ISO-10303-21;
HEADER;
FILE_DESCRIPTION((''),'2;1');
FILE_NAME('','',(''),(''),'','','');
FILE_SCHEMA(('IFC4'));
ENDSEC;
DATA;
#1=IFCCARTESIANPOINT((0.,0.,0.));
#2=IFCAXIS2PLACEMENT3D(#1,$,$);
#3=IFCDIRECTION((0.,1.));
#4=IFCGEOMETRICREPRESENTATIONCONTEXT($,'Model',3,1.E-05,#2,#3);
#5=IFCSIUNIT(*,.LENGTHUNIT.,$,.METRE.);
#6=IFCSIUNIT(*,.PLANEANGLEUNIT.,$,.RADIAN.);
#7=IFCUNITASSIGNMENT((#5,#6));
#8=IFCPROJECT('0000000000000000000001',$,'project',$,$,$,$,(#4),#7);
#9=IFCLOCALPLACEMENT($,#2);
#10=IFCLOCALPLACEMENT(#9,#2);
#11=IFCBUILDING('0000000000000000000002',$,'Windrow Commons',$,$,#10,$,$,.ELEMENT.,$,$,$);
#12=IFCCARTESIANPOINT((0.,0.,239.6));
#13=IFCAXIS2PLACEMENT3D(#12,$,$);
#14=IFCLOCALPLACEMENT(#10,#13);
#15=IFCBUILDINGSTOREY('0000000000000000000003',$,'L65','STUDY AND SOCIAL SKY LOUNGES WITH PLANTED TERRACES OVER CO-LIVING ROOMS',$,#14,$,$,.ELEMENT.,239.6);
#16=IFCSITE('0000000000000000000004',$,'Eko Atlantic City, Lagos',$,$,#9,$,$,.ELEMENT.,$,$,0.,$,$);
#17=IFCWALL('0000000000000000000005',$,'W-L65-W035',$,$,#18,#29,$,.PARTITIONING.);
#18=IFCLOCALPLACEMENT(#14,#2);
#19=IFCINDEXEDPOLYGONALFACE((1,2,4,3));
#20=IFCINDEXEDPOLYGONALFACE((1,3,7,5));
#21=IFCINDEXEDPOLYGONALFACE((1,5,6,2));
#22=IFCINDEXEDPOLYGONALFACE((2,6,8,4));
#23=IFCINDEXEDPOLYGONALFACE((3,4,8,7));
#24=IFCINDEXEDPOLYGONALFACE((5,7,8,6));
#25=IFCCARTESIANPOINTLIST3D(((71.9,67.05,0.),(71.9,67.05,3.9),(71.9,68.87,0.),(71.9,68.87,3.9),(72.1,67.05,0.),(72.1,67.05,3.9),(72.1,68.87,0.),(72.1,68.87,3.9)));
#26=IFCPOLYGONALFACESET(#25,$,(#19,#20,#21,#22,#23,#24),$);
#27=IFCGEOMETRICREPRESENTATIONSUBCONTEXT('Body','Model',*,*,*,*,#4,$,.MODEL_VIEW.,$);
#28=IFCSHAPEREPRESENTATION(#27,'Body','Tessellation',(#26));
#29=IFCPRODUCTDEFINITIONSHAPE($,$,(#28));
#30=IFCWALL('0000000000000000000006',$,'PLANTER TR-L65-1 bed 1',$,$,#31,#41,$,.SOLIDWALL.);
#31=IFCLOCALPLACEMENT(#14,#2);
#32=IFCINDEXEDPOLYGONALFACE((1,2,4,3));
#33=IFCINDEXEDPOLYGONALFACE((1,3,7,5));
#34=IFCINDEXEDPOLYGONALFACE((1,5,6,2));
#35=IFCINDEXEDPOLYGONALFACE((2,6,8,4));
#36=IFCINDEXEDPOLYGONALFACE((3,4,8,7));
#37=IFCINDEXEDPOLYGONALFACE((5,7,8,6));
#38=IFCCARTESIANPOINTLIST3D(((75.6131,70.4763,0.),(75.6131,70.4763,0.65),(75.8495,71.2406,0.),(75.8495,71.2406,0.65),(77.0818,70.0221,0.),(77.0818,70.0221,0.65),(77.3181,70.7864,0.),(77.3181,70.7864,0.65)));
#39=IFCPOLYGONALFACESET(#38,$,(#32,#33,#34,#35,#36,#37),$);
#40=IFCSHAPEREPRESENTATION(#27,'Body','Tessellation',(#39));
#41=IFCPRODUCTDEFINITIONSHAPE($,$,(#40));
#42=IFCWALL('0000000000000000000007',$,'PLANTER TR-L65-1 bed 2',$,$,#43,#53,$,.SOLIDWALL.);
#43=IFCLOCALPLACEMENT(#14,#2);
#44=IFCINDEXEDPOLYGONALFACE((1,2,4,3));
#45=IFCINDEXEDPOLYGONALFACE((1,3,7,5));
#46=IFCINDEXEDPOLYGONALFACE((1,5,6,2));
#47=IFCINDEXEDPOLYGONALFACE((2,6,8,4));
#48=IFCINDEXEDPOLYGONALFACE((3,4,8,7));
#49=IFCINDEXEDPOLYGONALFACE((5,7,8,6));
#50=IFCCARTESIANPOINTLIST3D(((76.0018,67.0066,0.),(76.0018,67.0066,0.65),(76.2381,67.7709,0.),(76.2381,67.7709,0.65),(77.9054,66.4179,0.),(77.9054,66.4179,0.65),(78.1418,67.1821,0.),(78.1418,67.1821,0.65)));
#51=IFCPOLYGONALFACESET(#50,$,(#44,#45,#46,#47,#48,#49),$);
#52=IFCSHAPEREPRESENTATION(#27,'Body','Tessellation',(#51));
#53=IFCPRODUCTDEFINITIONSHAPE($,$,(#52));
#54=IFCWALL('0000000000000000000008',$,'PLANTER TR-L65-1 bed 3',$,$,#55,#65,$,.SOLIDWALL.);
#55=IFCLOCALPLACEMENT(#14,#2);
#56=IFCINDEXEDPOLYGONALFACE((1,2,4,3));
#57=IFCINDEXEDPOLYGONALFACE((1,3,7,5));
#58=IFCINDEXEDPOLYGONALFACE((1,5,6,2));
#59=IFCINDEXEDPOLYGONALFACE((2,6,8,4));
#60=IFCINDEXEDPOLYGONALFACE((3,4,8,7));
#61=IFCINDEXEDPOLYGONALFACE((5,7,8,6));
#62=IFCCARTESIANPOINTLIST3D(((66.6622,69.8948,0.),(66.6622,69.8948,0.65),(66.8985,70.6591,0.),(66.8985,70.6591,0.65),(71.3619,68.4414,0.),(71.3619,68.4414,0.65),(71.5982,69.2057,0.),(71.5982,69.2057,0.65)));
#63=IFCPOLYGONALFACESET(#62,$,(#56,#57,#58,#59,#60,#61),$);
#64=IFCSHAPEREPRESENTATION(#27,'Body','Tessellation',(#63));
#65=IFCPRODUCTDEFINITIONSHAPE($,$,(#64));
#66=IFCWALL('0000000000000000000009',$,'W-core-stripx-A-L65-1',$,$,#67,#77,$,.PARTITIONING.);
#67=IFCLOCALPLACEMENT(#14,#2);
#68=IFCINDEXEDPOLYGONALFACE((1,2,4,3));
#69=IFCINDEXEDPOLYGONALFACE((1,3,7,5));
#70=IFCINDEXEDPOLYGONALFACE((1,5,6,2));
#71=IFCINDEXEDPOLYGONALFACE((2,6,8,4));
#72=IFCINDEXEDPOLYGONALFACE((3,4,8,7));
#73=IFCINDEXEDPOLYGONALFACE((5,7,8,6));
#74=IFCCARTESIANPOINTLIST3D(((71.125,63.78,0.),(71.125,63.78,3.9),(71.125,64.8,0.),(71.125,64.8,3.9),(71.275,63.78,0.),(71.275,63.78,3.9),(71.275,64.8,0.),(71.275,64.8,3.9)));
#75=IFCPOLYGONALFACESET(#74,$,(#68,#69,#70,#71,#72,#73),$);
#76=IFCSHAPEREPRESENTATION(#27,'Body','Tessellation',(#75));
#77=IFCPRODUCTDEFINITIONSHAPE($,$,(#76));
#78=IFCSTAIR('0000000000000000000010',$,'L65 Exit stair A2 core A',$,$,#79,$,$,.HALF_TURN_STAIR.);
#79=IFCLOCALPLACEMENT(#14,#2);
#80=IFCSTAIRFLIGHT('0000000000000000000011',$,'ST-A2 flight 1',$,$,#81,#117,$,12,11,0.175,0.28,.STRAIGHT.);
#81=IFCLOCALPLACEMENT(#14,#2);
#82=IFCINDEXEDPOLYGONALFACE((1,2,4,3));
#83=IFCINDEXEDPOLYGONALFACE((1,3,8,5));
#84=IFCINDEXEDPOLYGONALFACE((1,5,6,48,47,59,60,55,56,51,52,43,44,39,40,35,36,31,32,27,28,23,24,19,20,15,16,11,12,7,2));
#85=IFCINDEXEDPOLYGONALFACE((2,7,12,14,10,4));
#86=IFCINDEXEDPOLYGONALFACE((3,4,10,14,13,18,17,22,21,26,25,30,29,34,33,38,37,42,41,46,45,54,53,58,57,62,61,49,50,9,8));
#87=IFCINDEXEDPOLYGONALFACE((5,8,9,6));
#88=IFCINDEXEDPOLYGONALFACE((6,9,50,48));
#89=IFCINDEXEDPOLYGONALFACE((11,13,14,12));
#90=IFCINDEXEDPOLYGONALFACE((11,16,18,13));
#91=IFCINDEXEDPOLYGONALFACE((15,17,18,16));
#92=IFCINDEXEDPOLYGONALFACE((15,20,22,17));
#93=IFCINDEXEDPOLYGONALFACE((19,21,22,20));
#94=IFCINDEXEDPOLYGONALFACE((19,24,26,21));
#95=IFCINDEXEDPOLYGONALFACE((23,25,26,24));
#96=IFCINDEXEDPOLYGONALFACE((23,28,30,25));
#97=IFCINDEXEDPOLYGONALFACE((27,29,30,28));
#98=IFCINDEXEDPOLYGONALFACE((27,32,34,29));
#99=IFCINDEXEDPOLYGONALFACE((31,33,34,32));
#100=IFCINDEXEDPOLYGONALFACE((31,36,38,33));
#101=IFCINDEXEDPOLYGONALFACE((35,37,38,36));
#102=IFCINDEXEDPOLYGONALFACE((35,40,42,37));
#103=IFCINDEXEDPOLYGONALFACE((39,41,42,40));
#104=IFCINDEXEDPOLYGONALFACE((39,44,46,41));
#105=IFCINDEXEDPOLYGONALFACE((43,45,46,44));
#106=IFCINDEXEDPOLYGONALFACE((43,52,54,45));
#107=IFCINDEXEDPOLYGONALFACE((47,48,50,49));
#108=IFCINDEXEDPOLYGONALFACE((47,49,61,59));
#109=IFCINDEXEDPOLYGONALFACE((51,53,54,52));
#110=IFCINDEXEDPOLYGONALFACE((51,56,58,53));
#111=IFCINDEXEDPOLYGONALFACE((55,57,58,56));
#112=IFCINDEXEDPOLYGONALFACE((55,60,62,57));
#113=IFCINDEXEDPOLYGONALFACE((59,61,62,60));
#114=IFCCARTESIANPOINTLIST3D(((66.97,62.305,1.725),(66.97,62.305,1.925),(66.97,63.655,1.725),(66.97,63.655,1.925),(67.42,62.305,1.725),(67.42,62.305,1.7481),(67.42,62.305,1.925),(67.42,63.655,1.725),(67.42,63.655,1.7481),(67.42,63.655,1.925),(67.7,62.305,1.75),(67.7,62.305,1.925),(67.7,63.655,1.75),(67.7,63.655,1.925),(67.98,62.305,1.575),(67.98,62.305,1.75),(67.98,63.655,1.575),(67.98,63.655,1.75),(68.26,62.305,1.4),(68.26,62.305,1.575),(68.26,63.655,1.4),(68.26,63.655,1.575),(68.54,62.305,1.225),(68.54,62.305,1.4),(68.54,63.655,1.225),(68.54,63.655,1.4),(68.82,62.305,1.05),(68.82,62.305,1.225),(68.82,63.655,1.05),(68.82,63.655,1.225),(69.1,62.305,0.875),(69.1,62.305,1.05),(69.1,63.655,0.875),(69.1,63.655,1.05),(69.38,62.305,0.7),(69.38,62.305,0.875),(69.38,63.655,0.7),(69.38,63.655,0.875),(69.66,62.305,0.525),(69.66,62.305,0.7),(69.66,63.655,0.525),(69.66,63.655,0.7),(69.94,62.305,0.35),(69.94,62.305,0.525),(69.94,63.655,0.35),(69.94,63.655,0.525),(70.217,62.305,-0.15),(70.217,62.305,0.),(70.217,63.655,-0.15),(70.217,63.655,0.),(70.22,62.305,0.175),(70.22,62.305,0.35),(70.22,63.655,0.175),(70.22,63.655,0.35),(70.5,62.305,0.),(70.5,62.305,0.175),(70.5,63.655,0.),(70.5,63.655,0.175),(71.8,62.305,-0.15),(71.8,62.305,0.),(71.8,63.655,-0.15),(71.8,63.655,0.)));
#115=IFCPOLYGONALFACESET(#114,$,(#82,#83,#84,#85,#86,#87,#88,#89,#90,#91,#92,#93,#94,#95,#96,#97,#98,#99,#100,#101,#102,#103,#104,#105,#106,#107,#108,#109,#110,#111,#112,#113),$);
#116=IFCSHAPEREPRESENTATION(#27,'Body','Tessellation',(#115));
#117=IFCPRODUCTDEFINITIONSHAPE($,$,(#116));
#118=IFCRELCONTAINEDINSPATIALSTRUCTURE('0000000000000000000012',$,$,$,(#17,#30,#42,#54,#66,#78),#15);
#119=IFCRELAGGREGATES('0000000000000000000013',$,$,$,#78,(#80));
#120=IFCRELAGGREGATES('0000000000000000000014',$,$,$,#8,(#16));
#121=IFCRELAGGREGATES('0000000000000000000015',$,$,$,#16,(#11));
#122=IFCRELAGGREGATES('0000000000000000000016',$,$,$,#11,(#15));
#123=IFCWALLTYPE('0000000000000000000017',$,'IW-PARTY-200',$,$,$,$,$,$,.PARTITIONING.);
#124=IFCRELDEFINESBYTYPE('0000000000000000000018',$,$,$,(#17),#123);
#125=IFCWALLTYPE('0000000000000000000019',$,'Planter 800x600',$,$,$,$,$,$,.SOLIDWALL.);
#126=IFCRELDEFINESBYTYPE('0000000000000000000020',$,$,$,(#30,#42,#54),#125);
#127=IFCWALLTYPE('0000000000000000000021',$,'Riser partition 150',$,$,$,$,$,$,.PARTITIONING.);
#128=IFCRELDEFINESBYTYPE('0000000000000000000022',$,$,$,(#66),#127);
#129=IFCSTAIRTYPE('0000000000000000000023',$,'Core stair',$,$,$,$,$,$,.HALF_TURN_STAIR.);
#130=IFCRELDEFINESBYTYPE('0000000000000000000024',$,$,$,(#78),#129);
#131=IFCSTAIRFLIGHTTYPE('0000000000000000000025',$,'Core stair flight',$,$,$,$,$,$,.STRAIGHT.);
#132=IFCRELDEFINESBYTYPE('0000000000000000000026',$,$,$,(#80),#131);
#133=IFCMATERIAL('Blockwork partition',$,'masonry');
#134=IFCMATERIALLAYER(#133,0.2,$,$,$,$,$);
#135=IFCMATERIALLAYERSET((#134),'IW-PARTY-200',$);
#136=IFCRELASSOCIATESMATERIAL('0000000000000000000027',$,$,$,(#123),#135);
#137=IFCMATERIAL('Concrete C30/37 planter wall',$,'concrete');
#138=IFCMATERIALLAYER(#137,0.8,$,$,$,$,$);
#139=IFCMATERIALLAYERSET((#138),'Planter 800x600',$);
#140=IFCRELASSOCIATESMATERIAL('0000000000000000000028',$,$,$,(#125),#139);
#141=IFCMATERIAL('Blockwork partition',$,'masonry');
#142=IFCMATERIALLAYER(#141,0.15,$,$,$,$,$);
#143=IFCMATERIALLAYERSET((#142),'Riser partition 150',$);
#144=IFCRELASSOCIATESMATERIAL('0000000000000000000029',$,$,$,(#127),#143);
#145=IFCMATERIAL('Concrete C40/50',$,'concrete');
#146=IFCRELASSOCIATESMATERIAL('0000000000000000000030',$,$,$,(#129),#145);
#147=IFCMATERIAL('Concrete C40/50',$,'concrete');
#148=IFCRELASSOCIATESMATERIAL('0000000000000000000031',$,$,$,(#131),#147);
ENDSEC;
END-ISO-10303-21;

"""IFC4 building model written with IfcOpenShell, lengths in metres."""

from ifc_helpers import new_model, si_unit, direction, frame, frame_2d, origin, place, context, subcontext, project, spatial, polyline, rectangle, outline, extrude, material, layer, layer_set, type_object, element, aggregate, save


model = new_model("IFC4")

# Units and contexts
model_context = context("Model", 3, precision=1e-05, world=origin(), true_north=direction((0.0, 1.0)))
body_context = subcontext(model_context, "Body", "Model", "MODEL_VIEW")
ifc_project = project(units=[si_unit("LENGTHUNIT", "METRE"), si_unit("PLANEANGLEUNIT", "RADIAN")], contexts=[model_context])

# Site, building, storey
site_placement = place(None, origin())
site = spatial("IfcSite", under=ifc_project, at=site_placement, Name="Eko Atlantic City, Lagos", CompositionType="ELEMENT", RefElevation=0.0)
building_placement = place(site_placement, origin())
building = spatial("IfcBuilding", under=site, at=building_placement, Name="Windrow Commons", CompositionType="ELEMENT")
storey_placement = place(building_placement, frame((0.0, 0.0, 239.6)))
storey = spatial("IfcBuildingStorey", under=building, at=storey_placement, Name="L65", Description="STUDY AND SOCIAL SKY LOUNGES WITH PLANTED TERRACES OVER CO-LIVING ROOMS", CompositionType="ELEMENT", Elevation=239.6)

# Shared definitions
placement = place(storey_placement, origin())

# Walls
ifc_material_1 = material(Name="Blockwork partition", Category="masonry")
ifc_layer_1 = layer(ifc_material_1, 0.2)
ifc_layer_set_1 = layer_set([ifc_layer_1], Name="IW-PARTY-200")
wall_type_1 = type_object("IfcWallType", Name="IW-PARTY-200", PredefinedType="PARTITIONING", material=ifc_layer_set_1)
wall_1_placement = place(storey_placement, frame((72.0, 67.05, 0.0), z_axis=(0.0, 0.0, 1.0), x_axis=(0.0, 1.0, 0.0)))
element("IfcWall", 1, at=wall_1_placement, inside=storey, type_object=wall_type_1, Name="W-L65-W035", PredefinedType="PARTITIONING", context=body_context, shape_type="SweptSolid", body=[
    extrude(rectangle(XDim=1.82, YDim=0.2, at=frame_2d((0.91, 0.0))), origin(), (0.0, 0.0, 1.0), 3.9),
])
ifc_material_2 = material(Name="Concrete C30/37 planter wall", Category="concrete")
ifc_layer_2 = layer(ifc_material_2, 0.8)
ifc_layer_set_2 = layer_set([ifc_layer_2], Name="Planter 800x600")
wall_type_2 = type_object("IfcWallType", Name="Planter 800x600", PredefinedType="SOLIDWALL", material=ifc_layer_set_2)
wall_2_placement = place(storey_placement, frame((77.2, 70.4042, 0.0), z_axis=(0.0, 0.0, 1.0), x_axis=(-0.955359, 0.295448, 0.0)))
element("IfcWall", 2, at=wall_2_placement, inside=storey, type_object=wall_type_2, Name="PLANTER TR-L65-1 bed 1", PredefinedType="SOLIDWALL", context=body_context, shape_type="SweptSolid", body=[
    extrude(rectangle(XDim=1.5373, YDim=0.8, at=frame_2d((0.7687, 0.0))), origin(), (0.0, 0.0, 1.0), 0.65),
])
wall_3_placement = place(storey_placement, frame((78.0236, 66.8, 0.0), z_axis=(0.0, 0.0, 1.0), x_axis=(-0.955358, 0.29545, 0.0)))
element("IfcWall", 3, at=wall_3_placement, inside=storey, type_object=wall_type_2, Name="PLANTER TR-L65-1 bed 2", PredefinedType="SOLIDWALL", context=body_context, shape_type="SweptSolid", body=[
    extrude(rectangle(XDim=1.9926, YDim=0.8, at=frame_2d((0.9963, 0.0))), origin(), (0.0, 0.0, 1.0), 0.65),
])
wall_4_placement = place(storey_placement, frame((71.48, 68.8236, 0.0), z_axis=(0.0, 0.0, 1.0), x_axis=(-0.955359, 0.295448, 0.0)))
element("IfcWall", 4, at=wall_4_placement, inside=storey, type_object=wall_type_2, Name="PLANTER TR-L65-1 bed 3", PredefinedType="SOLIDWALL", context=body_context, shape_type="SweptSolid", body=[
    extrude(rectangle(XDim=4.9193, YDim=0.8, at=frame_2d((2.4596, 0.0))), origin(), (0.0, 0.0, 1.0), 0.65),
])
ifc_material_3 = material(Name="Blockwork partition", Category="masonry")
ifc_layer_3 = layer(ifc_material_3, 0.15)
ifc_layer_set_3 = layer_set([ifc_layer_3], Name="Riser partition 150")
wall_type_3 = type_object("IfcWallType", Name="Riser partition 150", PredefinedType="PARTITIONING", material=ifc_layer_set_3)
wall_5_placement = place(storey_placement, frame((71.2, 63.78, 0.0), z_axis=(0.0, 0.0, 1.0), x_axis=(0.0, 1.0, 0.0)))
element("IfcWall", 5, at=wall_5_placement, inside=storey, type_object=wall_type_3, Name="W-core-stripx-A-L65-1", PredefinedType="PARTITIONING", context=body_context, shape_type="SweptSolid", body=[
    extrude(rectangle(XDim=1.02, YDim=0.15, at=frame_2d((0.51, 0.0))), origin(), (0.0, 0.0, 1.0), 3.9),
])

# Stair, stair flight
ifc_material_4 = material(Name="Concrete C40/50", Category="concrete")
stair_type = type_object("IfcStairType", Name="Core stair", PredefinedType="HALF_TURN_STAIR", material=ifc_material_4)
stair = element("IfcStair", 6, at=placement, inside=storey, type_object=stair_type, Name="L65 Exit stair A2 core A", PredefinedType="HALF_TURN_STAIR")
ifc_material_5 = material(Name="Concrete C40/50", Category="concrete")
stair_flight_type = type_object("IfcStairFlightType", Name="Core stair flight", PredefinedType="STRAIGHT", material=ifc_material_5)
stair_flight_placement = place(storey_placement, frame((70.5, 62.98, 0.0), z_axis=(0.0, 0.0, 1.0), x_axis=(-1.0, 0.0, 0.0)))
stair_flight = element("IfcStairFlight", 7, at=stair_flight_placement, type_object=stair_flight_type, Name="ST-A2 flight 1", NumberOfRisers=12, NumberOfTreads=11, PredefinedType="STRAIGHT", RiserHeight=0.175, TreadLength=0.28, context=body_context, shape_type="SweptSolid", body=[
    extrude(outline(polyline([(-1.3, -0.15), (-1.3, 0.0), (0.0, 0.0), (0.0, 0.175), (0.28, 0.175), (0.28, 0.35), (0.56, 0.35), (0.56, 0.525), (0.84, 0.525), (0.84, 0.7), (1.12, 0.7), (1.12, 0.875), (1.4, 0.875), (1.4, 1.05), (1.68, 1.05), (1.68, 1.225), (1.96, 1.225), (1.96, 1.4), (2.24, 1.4), (2.24, 1.575), (2.52, 1.575), (2.52, 1.75), (2.8, 1.75), (2.8, 1.925), (3.08, 1.925), (3.53, 1.925), (3.53, 1.725), (3.08, 1.725), (3.08, 1.7481), (0.283, 0.0), (0.283, -0.15), (-1.3, -0.15)])), frame((0.0, 0.675, 0.0), z_axis=(0.0, -1.0, 0.0), x_axis=(1.0, 0.0, 0.0)), (0.0, 0.0, 1.0), 1.35),
])
aggregate(stair, [stair_flight])

save(model, "model.ifc")
